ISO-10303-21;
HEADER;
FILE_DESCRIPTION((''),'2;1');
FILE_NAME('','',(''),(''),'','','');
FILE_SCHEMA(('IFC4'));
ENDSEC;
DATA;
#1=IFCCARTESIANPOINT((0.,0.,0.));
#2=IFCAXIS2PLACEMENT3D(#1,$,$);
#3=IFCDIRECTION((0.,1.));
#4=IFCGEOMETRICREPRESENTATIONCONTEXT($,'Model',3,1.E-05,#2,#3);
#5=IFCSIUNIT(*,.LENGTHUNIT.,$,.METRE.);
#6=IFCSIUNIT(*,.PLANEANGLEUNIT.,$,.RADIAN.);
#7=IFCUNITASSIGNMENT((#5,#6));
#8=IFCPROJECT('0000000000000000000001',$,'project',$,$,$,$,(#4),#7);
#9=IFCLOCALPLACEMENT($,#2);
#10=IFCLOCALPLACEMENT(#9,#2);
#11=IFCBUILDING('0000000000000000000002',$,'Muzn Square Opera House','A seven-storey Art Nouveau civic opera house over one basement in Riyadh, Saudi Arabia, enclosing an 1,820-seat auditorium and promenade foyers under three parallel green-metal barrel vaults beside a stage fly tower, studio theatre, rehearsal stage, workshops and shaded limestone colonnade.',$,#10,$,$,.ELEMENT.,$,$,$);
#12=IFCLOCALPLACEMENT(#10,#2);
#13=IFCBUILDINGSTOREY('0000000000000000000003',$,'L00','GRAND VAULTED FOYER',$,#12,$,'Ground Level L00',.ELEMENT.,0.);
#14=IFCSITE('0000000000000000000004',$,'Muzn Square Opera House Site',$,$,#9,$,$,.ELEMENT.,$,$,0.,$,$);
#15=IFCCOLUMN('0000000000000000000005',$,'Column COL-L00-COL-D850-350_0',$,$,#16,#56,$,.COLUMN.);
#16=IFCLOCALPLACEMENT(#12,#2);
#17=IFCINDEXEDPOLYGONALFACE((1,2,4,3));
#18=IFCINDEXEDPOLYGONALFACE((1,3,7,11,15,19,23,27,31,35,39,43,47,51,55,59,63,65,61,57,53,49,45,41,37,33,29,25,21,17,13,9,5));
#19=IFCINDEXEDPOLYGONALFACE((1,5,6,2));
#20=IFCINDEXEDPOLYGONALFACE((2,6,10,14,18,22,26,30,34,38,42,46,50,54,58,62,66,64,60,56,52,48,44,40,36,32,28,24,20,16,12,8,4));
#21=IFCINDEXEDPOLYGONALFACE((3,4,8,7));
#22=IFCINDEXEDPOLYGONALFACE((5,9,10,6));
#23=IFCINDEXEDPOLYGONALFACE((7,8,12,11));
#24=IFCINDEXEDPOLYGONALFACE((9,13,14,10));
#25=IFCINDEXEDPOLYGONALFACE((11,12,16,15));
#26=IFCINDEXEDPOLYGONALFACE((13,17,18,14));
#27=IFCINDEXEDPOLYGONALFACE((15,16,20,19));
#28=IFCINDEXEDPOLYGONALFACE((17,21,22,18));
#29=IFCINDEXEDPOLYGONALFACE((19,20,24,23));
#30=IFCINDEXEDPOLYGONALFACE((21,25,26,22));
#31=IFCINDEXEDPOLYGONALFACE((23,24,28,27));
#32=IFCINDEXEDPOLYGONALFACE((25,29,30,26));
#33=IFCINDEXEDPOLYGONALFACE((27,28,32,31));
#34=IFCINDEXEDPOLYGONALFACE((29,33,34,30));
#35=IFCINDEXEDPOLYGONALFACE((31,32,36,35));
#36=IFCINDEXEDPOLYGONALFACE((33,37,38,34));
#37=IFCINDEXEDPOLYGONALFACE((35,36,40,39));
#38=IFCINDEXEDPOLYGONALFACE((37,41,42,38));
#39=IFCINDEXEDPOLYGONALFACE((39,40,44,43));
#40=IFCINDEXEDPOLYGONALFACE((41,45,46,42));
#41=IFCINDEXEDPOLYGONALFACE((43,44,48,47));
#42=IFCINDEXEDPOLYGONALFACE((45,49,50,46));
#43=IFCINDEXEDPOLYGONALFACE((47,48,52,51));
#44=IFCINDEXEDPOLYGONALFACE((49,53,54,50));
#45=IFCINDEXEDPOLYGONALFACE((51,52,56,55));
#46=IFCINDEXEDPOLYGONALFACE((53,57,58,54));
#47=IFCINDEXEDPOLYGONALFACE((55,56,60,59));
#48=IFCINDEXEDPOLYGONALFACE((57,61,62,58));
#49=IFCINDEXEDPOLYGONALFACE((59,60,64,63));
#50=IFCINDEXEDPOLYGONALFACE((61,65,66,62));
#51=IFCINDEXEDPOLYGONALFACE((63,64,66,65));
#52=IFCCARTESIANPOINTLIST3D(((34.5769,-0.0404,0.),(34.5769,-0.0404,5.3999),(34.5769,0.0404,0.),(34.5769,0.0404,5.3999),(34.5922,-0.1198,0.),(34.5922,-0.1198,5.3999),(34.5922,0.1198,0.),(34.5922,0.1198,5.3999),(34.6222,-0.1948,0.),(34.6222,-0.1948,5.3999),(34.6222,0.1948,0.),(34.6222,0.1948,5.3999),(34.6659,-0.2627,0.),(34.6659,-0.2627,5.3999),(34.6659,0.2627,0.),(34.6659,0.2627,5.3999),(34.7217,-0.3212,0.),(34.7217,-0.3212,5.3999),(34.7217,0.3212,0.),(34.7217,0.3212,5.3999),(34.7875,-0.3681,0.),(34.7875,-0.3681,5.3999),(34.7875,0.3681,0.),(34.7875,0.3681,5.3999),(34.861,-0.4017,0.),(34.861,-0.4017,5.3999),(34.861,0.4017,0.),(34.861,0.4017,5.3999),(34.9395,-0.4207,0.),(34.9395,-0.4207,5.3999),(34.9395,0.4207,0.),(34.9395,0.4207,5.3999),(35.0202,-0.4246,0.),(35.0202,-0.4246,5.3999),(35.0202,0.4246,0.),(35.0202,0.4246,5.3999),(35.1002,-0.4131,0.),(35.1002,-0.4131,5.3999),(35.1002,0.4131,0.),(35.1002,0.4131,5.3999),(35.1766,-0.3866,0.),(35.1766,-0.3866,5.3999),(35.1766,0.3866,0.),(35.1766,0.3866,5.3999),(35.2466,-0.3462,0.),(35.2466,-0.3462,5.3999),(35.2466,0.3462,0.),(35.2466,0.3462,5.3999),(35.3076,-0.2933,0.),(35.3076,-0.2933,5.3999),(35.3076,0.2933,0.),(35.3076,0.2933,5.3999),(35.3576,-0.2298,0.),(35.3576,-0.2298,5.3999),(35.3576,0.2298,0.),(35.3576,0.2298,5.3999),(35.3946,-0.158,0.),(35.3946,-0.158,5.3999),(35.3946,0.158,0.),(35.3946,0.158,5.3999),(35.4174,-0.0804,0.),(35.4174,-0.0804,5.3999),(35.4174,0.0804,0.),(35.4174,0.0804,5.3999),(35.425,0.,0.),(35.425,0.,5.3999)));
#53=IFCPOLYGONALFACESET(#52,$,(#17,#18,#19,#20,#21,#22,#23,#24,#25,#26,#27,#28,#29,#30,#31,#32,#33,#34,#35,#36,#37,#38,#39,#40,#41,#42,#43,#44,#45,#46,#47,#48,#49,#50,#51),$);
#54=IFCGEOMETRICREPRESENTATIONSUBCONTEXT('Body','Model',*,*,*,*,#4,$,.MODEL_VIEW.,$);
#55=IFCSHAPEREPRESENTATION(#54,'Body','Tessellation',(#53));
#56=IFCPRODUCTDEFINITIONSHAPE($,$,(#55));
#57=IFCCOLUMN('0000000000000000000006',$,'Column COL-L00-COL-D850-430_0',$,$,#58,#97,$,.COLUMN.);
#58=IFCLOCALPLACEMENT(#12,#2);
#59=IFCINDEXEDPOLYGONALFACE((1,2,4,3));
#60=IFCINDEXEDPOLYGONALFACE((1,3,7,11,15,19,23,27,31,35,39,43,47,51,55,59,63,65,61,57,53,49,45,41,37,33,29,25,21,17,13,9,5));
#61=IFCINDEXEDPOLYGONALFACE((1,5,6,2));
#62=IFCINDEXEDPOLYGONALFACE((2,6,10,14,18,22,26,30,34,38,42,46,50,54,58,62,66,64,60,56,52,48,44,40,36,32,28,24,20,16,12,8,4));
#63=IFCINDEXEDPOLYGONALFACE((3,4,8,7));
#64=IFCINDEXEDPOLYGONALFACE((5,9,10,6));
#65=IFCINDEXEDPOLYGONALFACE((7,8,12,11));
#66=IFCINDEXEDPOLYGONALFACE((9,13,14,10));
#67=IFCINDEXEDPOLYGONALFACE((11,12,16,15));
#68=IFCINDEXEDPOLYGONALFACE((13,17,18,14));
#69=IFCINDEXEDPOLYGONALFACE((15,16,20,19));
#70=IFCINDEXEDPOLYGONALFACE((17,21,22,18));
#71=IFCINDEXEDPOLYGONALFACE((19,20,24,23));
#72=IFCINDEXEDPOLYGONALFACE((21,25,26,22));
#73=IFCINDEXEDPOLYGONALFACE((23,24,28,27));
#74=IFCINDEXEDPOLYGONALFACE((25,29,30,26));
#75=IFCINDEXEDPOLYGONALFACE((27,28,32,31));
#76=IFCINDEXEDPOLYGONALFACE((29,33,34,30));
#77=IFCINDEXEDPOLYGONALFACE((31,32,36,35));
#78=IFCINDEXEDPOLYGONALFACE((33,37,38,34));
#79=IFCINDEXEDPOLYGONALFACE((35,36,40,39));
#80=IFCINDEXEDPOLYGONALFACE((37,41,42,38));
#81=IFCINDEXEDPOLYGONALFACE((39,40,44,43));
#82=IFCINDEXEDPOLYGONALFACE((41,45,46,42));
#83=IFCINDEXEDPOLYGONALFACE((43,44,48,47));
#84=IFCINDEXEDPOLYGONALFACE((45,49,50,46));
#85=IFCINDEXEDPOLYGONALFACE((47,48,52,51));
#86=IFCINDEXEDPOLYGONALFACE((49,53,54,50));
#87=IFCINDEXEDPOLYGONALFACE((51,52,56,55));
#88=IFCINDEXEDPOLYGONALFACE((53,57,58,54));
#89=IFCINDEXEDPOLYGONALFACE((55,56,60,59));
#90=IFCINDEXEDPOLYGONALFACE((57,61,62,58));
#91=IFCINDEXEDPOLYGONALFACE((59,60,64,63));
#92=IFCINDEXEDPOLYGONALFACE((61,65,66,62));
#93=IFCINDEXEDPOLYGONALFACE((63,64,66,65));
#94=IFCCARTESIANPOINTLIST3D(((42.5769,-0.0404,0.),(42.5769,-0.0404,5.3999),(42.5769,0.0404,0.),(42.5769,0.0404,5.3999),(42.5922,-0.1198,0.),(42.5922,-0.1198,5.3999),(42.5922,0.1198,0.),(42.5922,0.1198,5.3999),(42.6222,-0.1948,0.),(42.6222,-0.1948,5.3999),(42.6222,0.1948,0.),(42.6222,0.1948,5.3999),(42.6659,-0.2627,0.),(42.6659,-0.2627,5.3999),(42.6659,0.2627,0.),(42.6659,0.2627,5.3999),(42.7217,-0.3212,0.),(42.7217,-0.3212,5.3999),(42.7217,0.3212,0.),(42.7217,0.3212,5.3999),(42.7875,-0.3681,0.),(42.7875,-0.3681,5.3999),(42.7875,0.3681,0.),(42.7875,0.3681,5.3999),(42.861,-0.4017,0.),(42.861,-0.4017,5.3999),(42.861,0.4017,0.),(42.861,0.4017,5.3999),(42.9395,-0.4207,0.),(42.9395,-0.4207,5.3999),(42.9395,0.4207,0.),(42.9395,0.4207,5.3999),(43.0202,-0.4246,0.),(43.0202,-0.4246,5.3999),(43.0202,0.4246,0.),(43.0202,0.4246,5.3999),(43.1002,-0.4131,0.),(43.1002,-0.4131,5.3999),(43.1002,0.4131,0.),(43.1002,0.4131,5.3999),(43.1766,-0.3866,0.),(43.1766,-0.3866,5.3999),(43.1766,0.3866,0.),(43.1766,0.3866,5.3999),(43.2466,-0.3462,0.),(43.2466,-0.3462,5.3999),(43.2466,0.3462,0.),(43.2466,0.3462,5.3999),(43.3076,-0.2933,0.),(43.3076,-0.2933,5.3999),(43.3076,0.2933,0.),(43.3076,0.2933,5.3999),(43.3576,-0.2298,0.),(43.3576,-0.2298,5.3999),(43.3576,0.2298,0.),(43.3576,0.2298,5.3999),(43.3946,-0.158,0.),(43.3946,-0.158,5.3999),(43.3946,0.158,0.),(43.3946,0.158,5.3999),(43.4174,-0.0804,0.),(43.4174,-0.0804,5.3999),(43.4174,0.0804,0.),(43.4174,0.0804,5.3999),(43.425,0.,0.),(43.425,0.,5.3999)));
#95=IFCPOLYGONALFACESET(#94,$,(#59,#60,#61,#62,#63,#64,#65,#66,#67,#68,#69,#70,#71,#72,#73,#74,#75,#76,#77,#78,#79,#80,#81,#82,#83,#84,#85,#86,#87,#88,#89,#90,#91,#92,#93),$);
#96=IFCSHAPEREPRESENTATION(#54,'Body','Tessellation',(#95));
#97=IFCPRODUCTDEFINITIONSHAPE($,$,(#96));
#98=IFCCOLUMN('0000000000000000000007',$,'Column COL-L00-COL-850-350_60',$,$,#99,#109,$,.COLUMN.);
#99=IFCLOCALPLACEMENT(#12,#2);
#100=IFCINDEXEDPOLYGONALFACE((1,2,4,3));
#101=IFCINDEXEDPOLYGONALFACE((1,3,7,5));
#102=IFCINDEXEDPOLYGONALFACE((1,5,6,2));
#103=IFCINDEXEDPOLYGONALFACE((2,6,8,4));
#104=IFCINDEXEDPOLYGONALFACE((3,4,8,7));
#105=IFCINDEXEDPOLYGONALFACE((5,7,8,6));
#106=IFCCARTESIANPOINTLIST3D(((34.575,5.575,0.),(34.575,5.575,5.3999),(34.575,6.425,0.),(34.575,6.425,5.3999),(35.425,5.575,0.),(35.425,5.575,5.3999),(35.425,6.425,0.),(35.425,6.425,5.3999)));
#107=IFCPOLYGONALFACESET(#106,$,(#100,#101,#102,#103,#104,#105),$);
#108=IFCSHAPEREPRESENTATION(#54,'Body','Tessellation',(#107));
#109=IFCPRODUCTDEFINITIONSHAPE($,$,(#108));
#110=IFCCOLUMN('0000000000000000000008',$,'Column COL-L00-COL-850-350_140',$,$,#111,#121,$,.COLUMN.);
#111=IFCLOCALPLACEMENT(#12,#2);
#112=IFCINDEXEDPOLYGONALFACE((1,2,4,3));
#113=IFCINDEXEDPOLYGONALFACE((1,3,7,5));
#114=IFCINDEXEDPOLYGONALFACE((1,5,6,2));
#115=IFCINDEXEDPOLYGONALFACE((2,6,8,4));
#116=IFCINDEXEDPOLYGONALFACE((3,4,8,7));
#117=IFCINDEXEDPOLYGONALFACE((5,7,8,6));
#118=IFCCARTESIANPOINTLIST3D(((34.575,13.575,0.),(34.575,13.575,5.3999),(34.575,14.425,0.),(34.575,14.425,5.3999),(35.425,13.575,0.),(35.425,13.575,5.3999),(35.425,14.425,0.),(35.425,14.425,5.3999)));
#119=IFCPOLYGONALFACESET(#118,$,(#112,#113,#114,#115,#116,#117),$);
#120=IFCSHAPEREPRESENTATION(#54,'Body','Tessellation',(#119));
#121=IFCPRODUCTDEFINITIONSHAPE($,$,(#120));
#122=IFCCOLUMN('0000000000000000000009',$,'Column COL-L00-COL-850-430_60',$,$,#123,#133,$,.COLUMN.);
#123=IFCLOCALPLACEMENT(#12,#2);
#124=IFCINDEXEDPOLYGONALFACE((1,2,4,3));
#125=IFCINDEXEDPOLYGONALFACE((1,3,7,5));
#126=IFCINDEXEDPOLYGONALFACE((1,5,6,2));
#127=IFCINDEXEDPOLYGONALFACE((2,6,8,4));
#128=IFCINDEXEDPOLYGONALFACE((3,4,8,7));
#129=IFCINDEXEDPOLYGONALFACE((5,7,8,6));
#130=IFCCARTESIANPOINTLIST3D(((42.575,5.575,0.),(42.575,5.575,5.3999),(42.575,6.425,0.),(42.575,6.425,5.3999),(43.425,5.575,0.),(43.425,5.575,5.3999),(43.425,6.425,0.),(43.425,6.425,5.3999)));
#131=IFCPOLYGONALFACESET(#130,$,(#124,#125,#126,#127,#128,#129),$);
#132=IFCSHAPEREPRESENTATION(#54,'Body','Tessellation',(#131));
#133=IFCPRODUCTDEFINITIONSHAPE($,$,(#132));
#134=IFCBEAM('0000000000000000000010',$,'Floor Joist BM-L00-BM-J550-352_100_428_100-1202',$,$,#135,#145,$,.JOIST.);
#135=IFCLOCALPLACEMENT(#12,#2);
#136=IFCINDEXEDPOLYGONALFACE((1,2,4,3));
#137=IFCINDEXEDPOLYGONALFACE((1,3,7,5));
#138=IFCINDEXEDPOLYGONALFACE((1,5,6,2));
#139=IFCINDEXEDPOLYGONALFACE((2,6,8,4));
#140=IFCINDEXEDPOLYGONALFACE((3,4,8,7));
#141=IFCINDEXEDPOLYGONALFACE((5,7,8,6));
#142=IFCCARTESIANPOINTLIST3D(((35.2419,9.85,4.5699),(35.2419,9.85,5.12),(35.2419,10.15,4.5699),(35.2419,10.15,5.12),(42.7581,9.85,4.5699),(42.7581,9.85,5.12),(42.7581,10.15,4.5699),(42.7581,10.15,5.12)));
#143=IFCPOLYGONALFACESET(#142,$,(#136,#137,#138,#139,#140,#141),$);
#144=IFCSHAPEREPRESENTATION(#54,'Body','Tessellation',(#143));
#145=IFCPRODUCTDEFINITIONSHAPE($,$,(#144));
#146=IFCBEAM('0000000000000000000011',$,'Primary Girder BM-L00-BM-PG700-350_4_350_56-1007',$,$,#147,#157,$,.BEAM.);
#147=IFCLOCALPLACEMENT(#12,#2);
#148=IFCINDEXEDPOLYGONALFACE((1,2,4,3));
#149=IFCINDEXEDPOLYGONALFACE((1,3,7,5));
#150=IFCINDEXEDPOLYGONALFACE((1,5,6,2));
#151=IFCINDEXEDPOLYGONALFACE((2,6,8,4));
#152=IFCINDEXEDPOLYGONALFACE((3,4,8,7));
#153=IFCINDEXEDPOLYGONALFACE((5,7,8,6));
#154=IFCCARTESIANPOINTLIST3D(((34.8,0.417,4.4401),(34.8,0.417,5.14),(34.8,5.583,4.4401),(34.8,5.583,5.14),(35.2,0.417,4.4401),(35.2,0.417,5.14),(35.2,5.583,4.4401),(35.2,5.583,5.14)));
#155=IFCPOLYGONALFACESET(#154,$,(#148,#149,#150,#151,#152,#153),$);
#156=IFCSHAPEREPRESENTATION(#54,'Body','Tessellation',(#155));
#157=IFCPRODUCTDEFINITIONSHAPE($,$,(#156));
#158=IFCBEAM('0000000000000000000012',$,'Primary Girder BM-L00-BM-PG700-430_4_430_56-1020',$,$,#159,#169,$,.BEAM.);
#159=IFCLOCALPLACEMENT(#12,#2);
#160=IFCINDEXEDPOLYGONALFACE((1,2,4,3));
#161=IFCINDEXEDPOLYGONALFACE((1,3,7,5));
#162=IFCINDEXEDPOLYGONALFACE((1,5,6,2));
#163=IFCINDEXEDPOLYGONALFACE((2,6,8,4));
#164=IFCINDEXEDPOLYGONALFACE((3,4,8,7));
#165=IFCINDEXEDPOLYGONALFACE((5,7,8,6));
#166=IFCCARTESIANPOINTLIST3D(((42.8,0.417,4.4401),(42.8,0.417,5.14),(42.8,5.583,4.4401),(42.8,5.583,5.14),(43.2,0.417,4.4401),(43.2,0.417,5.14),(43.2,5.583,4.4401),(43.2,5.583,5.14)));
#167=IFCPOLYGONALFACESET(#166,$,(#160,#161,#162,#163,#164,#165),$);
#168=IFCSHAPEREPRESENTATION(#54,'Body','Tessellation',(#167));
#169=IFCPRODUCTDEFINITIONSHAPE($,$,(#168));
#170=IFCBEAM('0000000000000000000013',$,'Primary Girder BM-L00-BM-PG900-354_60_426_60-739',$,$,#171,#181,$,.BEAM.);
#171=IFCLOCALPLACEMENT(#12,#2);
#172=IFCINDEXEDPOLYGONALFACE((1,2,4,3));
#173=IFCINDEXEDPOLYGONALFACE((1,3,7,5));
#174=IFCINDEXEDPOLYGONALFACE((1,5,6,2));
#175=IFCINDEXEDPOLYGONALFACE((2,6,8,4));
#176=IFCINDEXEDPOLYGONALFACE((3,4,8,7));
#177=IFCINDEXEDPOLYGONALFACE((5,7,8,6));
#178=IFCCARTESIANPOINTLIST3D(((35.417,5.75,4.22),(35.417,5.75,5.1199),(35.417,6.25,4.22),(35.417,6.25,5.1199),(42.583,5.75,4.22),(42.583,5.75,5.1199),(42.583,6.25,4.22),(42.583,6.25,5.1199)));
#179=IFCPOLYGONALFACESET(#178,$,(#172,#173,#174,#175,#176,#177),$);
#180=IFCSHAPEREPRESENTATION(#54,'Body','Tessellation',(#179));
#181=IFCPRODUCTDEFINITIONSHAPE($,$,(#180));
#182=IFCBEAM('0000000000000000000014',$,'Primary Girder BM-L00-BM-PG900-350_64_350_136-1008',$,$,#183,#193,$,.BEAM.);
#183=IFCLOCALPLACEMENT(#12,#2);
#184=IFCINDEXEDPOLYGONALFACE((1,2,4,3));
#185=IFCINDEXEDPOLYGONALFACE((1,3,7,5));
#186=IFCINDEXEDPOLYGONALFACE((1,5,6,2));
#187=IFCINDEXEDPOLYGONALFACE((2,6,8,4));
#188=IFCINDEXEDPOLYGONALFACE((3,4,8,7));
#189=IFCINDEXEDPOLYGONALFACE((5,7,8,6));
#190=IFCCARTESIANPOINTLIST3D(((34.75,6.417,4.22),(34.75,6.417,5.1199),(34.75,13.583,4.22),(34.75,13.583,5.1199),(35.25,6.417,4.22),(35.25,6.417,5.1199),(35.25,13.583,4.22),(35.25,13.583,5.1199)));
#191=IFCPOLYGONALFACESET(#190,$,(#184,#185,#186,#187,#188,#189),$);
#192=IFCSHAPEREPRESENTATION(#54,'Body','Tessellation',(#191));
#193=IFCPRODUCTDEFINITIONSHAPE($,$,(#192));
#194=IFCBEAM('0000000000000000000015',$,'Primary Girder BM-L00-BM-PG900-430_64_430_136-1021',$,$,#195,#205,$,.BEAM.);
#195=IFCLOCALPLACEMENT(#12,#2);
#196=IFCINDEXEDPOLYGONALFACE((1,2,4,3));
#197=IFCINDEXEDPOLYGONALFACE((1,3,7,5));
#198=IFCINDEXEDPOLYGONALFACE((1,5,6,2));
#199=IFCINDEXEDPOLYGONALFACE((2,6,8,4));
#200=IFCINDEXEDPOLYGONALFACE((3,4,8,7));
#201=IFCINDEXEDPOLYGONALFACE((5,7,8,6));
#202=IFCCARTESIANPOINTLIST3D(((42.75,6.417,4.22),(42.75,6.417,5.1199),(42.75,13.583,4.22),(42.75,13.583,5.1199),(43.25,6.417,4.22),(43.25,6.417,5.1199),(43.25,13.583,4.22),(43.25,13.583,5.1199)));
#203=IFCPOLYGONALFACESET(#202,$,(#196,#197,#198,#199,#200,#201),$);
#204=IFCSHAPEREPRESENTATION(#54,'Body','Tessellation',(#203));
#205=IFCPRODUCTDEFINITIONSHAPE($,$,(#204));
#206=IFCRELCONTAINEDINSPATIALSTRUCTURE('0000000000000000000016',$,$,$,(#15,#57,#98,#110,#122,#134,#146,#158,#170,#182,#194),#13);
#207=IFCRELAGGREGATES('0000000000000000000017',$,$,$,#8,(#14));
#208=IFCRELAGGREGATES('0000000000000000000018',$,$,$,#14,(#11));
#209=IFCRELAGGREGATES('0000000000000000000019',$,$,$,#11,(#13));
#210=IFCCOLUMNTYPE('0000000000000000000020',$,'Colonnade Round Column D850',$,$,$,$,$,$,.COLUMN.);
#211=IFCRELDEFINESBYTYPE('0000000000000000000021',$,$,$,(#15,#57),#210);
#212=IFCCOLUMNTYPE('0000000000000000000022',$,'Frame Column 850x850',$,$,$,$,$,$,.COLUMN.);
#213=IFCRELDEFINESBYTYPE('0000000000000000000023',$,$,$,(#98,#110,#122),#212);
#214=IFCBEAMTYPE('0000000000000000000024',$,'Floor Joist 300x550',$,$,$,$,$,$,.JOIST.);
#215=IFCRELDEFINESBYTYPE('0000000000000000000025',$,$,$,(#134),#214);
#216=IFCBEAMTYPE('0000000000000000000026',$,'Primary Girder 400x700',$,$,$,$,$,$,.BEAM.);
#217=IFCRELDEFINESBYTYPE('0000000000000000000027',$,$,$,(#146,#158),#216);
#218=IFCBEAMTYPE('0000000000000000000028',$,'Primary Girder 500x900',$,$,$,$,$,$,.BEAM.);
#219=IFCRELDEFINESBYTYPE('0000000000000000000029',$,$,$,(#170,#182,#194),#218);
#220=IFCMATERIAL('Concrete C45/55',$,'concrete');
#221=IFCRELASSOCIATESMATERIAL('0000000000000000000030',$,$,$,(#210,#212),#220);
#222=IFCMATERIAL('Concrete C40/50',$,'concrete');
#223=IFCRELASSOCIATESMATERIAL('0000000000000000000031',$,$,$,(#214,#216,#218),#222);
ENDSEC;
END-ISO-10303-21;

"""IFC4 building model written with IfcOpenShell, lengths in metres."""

from ifc_helpers import new_model, si_unit, direction, frame, origin, origin_2d, place, context, subcontext, project, spatial, rectangle, circle, extrude, material, material_profile, profile_set, type_object, element, save


model = new_model("IFC4")

# Units and contexts
model_context = context("Model", 3, precision=1e-05, world=origin(), true_north=direction((0.0, 1.0)))
body_context = subcontext(model_context, "Body", "Model", "MODEL_VIEW")
ifc_project = project(units=[si_unit("LENGTHUNIT", "METRE"), si_unit("PLANEANGLEUNIT", "RADIAN")], contexts=[model_context])

# Site, building, storey
site_placement = place(None, origin())
site = spatial("IfcSite", under=ifc_project, at=site_placement, Name="Muzn Square Opera House Site", CompositionType="ELEMENT", RefElevation=0.0)
building_placement = place(site_placement, origin())
building = spatial("IfcBuilding", under=site, at=building_placement, Name="Muzn Square Opera House", Description="A seven-storey Art Nouveau civic opera house over one basement in Riyadh, Saudi Arabia, enclosing an 1,820-seat auditorium and promenade foyers under three parallel green-metal barrel vaults beside a stage fly tower, studio theatre, rehearsal stage, workshops and shaded limestone colonnade.", CompositionType="ELEMENT")
storey_placement = place(building_placement, origin())
storey = spatial("IfcBuildingStorey", under=building, at=storey_placement, Name="L00", Description="GRAND VAULTED FOYER", LongName="Ground Level L00", CompositionType="ELEMENT", Elevation=0.0)

# Columns
ifc_material_1 = material(Name="Concrete C45/55", Category="concrete")
ifc_material_profile_1 = material_profile(ifc_material_1, circle(Radius=0.425, at=origin_2d()), Name="RCC D850", Category="concrete")
ifc_profile_set_1 = profile_set([ifc_material_profile_1], Name="Concrete C45/55")
column_type_1 = type_object("IfcColumnType", Name="Colonnade Round Column D850", PredefinedType="COLUMN", material=ifc_profile_set_1)
for number, where, z_axis, x_axis, name in (
    (1, (35.0, 0.0, 0.0), (0.0, 0.0, 1.0), (1.0, 0.0, 0.0), "Column COL-L00-COL-D850-350_0"),
    (2, (43.0, 0.0, 0.0), (0.0, 0.0, 1.0), (1.0, 0.0, 0.0), "Column COL-L00-COL-D850-430_0"),
):
    element("IfcColumn", number, at=place(storey_placement, frame(where, z_axis=z_axis, x_axis=x_axis)), inside=storey, type_object=column_type_1, Name=name, PredefinedType="COLUMN", context=body_context, shape_type="SweptSolid", body=[
        extrude(circle(Radius=0.425, at=origin_2d()), origin(), (0.0, 0.0, 1.0), 5.3999),
    ])
ifc_material_profile_2 = material_profile(ifc_material_1, rectangle(XDim=0.8501, YDim=0.8501, at=origin_2d()), Name="RC 850x850", Category="concrete")
ifc_profile_set_2 = profile_set([ifc_material_profile_2], Name="Concrete C45/55")
column_type_2 = type_object("IfcColumnType", Name="Frame Column 850x850", PredefinedType="COLUMN", material=ifc_profile_set_2)
for number, where, z_axis, x_axis, name in (
    (3, (35.0, 6.0, 0.0), (0.0, 0.0, 1.0), (1.0, 0.0, 0.0), "Column COL-L00-COL-850-350_60"),
    (4, (35.0, 14.0, 0.0), (0.0, 0.0, 1.0), (1.0, 0.0, 0.0), "Column COL-L00-COL-850-350_140"),
    (5, (43.0, 6.0, 0.0), (0.0, 0.0, 1.0), (1.0, 0.0, 0.0), "Column COL-L00-COL-850-430_60"),
):
    element("IfcColumn", number, at=place(storey_placement, frame(where, z_axis=z_axis, x_axis=x_axis)), inside=storey, type_object=column_type_2, Name=name, PredefinedType="COLUMN", context=body_context, shape_type="SweptSolid", body=[
        extrude(rectangle(XDim=0.8501, YDim=0.8501, at=origin_2d()), origin(), (0.0, 0.0, 1.0), 5.3999),
    ])

# Beams
ifc_material_2 = material(Name="Concrete C40/50", Category="concrete")
ifc_material_profile_3 = material_profile(ifc_material_2, rectangle(XDim=0.3, YDim=0.55, at=origin_2d()), Name="RCJ 300x550", Category="concrete")
ifc_profile_set_3 = profile_set([ifc_material_profile_3], Name="Concrete C40/50")
beam_type_1 = type_object("IfcBeamType", Name="Floor Joist 300x550", PredefinedType="JOIST", material=ifc_profile_set_3)
beam_1_placement = place(storey_placement, frame((35.2419, 10.0, 4.845), z_axis=(1.0, 0.0, 0.0), x_axis=(0.0, 1.0, 0.0)))
element("IfcBeam", 6, at=beam_1_placement, inside=storey, type_object=beam_type_1, Name="Floor Joist BM-L00-BM-J550-352_100_428_100-1202", PredefinedType="JOIST", context=body_context, shape_type="SweptSolid", body=[
    extrude(rectangle(XDim=0.3, YDim=0.55, at=origin_2d()), origin(), (0.0, 0.0, 1.0), 7.5161),
])
ifc_material_profile_4 = material_profile(ifc_material_2, rectangle(XDim=0.3999, YDim=0.7, at=origin_2d()), Name="RCB 400x700", Category="concrete")
ifc_profile_set_4 = profile_set([ifc_material_profile_4], Name="Concrete C40/50")
beam_type_2 = type_object("IfcBeamType", Name="Primary Girder 400x700", PredefinedType="BEAM", material=ifc_profile_set_4)
for number, where, z_axis, x_axis, name in (
    (7, (35.0, 0.417, 4.79), (0.0, 1.0, 0.0), (-1.0, 0.0, 0.0), "Primary Girder BM-L00-BM-PG700-350_4_350_56-1007"),
    (8, (43.0, 0.417, 4.79), (0.0, 1.0, 0.0), (-1.0, 0.0, 0.0), "Primary Girder BM-L00-BM-PG700-430_4_430_56-1020"),
):
    element("IfcBeam", number, at=place(storey_placement, frame(where, z_axis=z_axis, x_axis=x_axis)), inside=storey, type_object=beam_type_2, Name=name, PredefinedType="BEAM", context=body_context, shape_type="SweptSolid", body=[
        extrude(rectangle(XDim=0.3999, YDim=0.7, at=origin_2d()), origin(), (0.0, 0.0, 1.0), 5.166),
    ])
ifc_material_profile_5 = material_profile(ifc_material_2, rectangle(XDim=0.5, YDim=0.8999, at=origin_2d()), Name="RCB 500x900", Category="concrete")
ifc_profile_set_5 = profile_set([ifc_material_profile_5], Name="Concrete C40/50")
beam_type_3 = type_object("IfcBeamType", Name="Primary Girder 500x900", PredefinedType="BEAM", material=ifc_profile_set_5)
for number, where, z_axis, x_axis, name in (
    (9, (35.417, 6.0, 4.6699), (1.0, 0.0, 0.0), (0.0, 1.0, 0.0), "Primary Girder BM-L00-BM-PG900-354_60_426_60-739"),
    (10, (35.0, 6.417, 4.6699), (0.0, 1.0, 0.0), (-1.0, 0.0, 0.0), "Primary Girder BM-L00-BM-PG900-350_64_350_136-1008"),
    (11, (43.0, 6.417, 4.6699), (0.0, 1.0, 0.0), (-1.0, 0.0, 0.0), "Primary Girder BM-L00-BM-PG900-430_64_430_136-1021"),
):
    element("IfcBeam", number, at=place(storey_placement, frame(where, z_axis=z_axis, x_axis=x_axis)), inside=storey, type_object=beam_type_3, Name=name, PredefinedType="BEAM", context=body_context, shape_type="SweptSolid", body=[
        extrude(rectangle(XDim=0.5, YDim=0.8999, at=origin_2d()), origin(), (0.0, 0.0, 1.0), 7.166),
    ])

save(model, "model.ifc")
